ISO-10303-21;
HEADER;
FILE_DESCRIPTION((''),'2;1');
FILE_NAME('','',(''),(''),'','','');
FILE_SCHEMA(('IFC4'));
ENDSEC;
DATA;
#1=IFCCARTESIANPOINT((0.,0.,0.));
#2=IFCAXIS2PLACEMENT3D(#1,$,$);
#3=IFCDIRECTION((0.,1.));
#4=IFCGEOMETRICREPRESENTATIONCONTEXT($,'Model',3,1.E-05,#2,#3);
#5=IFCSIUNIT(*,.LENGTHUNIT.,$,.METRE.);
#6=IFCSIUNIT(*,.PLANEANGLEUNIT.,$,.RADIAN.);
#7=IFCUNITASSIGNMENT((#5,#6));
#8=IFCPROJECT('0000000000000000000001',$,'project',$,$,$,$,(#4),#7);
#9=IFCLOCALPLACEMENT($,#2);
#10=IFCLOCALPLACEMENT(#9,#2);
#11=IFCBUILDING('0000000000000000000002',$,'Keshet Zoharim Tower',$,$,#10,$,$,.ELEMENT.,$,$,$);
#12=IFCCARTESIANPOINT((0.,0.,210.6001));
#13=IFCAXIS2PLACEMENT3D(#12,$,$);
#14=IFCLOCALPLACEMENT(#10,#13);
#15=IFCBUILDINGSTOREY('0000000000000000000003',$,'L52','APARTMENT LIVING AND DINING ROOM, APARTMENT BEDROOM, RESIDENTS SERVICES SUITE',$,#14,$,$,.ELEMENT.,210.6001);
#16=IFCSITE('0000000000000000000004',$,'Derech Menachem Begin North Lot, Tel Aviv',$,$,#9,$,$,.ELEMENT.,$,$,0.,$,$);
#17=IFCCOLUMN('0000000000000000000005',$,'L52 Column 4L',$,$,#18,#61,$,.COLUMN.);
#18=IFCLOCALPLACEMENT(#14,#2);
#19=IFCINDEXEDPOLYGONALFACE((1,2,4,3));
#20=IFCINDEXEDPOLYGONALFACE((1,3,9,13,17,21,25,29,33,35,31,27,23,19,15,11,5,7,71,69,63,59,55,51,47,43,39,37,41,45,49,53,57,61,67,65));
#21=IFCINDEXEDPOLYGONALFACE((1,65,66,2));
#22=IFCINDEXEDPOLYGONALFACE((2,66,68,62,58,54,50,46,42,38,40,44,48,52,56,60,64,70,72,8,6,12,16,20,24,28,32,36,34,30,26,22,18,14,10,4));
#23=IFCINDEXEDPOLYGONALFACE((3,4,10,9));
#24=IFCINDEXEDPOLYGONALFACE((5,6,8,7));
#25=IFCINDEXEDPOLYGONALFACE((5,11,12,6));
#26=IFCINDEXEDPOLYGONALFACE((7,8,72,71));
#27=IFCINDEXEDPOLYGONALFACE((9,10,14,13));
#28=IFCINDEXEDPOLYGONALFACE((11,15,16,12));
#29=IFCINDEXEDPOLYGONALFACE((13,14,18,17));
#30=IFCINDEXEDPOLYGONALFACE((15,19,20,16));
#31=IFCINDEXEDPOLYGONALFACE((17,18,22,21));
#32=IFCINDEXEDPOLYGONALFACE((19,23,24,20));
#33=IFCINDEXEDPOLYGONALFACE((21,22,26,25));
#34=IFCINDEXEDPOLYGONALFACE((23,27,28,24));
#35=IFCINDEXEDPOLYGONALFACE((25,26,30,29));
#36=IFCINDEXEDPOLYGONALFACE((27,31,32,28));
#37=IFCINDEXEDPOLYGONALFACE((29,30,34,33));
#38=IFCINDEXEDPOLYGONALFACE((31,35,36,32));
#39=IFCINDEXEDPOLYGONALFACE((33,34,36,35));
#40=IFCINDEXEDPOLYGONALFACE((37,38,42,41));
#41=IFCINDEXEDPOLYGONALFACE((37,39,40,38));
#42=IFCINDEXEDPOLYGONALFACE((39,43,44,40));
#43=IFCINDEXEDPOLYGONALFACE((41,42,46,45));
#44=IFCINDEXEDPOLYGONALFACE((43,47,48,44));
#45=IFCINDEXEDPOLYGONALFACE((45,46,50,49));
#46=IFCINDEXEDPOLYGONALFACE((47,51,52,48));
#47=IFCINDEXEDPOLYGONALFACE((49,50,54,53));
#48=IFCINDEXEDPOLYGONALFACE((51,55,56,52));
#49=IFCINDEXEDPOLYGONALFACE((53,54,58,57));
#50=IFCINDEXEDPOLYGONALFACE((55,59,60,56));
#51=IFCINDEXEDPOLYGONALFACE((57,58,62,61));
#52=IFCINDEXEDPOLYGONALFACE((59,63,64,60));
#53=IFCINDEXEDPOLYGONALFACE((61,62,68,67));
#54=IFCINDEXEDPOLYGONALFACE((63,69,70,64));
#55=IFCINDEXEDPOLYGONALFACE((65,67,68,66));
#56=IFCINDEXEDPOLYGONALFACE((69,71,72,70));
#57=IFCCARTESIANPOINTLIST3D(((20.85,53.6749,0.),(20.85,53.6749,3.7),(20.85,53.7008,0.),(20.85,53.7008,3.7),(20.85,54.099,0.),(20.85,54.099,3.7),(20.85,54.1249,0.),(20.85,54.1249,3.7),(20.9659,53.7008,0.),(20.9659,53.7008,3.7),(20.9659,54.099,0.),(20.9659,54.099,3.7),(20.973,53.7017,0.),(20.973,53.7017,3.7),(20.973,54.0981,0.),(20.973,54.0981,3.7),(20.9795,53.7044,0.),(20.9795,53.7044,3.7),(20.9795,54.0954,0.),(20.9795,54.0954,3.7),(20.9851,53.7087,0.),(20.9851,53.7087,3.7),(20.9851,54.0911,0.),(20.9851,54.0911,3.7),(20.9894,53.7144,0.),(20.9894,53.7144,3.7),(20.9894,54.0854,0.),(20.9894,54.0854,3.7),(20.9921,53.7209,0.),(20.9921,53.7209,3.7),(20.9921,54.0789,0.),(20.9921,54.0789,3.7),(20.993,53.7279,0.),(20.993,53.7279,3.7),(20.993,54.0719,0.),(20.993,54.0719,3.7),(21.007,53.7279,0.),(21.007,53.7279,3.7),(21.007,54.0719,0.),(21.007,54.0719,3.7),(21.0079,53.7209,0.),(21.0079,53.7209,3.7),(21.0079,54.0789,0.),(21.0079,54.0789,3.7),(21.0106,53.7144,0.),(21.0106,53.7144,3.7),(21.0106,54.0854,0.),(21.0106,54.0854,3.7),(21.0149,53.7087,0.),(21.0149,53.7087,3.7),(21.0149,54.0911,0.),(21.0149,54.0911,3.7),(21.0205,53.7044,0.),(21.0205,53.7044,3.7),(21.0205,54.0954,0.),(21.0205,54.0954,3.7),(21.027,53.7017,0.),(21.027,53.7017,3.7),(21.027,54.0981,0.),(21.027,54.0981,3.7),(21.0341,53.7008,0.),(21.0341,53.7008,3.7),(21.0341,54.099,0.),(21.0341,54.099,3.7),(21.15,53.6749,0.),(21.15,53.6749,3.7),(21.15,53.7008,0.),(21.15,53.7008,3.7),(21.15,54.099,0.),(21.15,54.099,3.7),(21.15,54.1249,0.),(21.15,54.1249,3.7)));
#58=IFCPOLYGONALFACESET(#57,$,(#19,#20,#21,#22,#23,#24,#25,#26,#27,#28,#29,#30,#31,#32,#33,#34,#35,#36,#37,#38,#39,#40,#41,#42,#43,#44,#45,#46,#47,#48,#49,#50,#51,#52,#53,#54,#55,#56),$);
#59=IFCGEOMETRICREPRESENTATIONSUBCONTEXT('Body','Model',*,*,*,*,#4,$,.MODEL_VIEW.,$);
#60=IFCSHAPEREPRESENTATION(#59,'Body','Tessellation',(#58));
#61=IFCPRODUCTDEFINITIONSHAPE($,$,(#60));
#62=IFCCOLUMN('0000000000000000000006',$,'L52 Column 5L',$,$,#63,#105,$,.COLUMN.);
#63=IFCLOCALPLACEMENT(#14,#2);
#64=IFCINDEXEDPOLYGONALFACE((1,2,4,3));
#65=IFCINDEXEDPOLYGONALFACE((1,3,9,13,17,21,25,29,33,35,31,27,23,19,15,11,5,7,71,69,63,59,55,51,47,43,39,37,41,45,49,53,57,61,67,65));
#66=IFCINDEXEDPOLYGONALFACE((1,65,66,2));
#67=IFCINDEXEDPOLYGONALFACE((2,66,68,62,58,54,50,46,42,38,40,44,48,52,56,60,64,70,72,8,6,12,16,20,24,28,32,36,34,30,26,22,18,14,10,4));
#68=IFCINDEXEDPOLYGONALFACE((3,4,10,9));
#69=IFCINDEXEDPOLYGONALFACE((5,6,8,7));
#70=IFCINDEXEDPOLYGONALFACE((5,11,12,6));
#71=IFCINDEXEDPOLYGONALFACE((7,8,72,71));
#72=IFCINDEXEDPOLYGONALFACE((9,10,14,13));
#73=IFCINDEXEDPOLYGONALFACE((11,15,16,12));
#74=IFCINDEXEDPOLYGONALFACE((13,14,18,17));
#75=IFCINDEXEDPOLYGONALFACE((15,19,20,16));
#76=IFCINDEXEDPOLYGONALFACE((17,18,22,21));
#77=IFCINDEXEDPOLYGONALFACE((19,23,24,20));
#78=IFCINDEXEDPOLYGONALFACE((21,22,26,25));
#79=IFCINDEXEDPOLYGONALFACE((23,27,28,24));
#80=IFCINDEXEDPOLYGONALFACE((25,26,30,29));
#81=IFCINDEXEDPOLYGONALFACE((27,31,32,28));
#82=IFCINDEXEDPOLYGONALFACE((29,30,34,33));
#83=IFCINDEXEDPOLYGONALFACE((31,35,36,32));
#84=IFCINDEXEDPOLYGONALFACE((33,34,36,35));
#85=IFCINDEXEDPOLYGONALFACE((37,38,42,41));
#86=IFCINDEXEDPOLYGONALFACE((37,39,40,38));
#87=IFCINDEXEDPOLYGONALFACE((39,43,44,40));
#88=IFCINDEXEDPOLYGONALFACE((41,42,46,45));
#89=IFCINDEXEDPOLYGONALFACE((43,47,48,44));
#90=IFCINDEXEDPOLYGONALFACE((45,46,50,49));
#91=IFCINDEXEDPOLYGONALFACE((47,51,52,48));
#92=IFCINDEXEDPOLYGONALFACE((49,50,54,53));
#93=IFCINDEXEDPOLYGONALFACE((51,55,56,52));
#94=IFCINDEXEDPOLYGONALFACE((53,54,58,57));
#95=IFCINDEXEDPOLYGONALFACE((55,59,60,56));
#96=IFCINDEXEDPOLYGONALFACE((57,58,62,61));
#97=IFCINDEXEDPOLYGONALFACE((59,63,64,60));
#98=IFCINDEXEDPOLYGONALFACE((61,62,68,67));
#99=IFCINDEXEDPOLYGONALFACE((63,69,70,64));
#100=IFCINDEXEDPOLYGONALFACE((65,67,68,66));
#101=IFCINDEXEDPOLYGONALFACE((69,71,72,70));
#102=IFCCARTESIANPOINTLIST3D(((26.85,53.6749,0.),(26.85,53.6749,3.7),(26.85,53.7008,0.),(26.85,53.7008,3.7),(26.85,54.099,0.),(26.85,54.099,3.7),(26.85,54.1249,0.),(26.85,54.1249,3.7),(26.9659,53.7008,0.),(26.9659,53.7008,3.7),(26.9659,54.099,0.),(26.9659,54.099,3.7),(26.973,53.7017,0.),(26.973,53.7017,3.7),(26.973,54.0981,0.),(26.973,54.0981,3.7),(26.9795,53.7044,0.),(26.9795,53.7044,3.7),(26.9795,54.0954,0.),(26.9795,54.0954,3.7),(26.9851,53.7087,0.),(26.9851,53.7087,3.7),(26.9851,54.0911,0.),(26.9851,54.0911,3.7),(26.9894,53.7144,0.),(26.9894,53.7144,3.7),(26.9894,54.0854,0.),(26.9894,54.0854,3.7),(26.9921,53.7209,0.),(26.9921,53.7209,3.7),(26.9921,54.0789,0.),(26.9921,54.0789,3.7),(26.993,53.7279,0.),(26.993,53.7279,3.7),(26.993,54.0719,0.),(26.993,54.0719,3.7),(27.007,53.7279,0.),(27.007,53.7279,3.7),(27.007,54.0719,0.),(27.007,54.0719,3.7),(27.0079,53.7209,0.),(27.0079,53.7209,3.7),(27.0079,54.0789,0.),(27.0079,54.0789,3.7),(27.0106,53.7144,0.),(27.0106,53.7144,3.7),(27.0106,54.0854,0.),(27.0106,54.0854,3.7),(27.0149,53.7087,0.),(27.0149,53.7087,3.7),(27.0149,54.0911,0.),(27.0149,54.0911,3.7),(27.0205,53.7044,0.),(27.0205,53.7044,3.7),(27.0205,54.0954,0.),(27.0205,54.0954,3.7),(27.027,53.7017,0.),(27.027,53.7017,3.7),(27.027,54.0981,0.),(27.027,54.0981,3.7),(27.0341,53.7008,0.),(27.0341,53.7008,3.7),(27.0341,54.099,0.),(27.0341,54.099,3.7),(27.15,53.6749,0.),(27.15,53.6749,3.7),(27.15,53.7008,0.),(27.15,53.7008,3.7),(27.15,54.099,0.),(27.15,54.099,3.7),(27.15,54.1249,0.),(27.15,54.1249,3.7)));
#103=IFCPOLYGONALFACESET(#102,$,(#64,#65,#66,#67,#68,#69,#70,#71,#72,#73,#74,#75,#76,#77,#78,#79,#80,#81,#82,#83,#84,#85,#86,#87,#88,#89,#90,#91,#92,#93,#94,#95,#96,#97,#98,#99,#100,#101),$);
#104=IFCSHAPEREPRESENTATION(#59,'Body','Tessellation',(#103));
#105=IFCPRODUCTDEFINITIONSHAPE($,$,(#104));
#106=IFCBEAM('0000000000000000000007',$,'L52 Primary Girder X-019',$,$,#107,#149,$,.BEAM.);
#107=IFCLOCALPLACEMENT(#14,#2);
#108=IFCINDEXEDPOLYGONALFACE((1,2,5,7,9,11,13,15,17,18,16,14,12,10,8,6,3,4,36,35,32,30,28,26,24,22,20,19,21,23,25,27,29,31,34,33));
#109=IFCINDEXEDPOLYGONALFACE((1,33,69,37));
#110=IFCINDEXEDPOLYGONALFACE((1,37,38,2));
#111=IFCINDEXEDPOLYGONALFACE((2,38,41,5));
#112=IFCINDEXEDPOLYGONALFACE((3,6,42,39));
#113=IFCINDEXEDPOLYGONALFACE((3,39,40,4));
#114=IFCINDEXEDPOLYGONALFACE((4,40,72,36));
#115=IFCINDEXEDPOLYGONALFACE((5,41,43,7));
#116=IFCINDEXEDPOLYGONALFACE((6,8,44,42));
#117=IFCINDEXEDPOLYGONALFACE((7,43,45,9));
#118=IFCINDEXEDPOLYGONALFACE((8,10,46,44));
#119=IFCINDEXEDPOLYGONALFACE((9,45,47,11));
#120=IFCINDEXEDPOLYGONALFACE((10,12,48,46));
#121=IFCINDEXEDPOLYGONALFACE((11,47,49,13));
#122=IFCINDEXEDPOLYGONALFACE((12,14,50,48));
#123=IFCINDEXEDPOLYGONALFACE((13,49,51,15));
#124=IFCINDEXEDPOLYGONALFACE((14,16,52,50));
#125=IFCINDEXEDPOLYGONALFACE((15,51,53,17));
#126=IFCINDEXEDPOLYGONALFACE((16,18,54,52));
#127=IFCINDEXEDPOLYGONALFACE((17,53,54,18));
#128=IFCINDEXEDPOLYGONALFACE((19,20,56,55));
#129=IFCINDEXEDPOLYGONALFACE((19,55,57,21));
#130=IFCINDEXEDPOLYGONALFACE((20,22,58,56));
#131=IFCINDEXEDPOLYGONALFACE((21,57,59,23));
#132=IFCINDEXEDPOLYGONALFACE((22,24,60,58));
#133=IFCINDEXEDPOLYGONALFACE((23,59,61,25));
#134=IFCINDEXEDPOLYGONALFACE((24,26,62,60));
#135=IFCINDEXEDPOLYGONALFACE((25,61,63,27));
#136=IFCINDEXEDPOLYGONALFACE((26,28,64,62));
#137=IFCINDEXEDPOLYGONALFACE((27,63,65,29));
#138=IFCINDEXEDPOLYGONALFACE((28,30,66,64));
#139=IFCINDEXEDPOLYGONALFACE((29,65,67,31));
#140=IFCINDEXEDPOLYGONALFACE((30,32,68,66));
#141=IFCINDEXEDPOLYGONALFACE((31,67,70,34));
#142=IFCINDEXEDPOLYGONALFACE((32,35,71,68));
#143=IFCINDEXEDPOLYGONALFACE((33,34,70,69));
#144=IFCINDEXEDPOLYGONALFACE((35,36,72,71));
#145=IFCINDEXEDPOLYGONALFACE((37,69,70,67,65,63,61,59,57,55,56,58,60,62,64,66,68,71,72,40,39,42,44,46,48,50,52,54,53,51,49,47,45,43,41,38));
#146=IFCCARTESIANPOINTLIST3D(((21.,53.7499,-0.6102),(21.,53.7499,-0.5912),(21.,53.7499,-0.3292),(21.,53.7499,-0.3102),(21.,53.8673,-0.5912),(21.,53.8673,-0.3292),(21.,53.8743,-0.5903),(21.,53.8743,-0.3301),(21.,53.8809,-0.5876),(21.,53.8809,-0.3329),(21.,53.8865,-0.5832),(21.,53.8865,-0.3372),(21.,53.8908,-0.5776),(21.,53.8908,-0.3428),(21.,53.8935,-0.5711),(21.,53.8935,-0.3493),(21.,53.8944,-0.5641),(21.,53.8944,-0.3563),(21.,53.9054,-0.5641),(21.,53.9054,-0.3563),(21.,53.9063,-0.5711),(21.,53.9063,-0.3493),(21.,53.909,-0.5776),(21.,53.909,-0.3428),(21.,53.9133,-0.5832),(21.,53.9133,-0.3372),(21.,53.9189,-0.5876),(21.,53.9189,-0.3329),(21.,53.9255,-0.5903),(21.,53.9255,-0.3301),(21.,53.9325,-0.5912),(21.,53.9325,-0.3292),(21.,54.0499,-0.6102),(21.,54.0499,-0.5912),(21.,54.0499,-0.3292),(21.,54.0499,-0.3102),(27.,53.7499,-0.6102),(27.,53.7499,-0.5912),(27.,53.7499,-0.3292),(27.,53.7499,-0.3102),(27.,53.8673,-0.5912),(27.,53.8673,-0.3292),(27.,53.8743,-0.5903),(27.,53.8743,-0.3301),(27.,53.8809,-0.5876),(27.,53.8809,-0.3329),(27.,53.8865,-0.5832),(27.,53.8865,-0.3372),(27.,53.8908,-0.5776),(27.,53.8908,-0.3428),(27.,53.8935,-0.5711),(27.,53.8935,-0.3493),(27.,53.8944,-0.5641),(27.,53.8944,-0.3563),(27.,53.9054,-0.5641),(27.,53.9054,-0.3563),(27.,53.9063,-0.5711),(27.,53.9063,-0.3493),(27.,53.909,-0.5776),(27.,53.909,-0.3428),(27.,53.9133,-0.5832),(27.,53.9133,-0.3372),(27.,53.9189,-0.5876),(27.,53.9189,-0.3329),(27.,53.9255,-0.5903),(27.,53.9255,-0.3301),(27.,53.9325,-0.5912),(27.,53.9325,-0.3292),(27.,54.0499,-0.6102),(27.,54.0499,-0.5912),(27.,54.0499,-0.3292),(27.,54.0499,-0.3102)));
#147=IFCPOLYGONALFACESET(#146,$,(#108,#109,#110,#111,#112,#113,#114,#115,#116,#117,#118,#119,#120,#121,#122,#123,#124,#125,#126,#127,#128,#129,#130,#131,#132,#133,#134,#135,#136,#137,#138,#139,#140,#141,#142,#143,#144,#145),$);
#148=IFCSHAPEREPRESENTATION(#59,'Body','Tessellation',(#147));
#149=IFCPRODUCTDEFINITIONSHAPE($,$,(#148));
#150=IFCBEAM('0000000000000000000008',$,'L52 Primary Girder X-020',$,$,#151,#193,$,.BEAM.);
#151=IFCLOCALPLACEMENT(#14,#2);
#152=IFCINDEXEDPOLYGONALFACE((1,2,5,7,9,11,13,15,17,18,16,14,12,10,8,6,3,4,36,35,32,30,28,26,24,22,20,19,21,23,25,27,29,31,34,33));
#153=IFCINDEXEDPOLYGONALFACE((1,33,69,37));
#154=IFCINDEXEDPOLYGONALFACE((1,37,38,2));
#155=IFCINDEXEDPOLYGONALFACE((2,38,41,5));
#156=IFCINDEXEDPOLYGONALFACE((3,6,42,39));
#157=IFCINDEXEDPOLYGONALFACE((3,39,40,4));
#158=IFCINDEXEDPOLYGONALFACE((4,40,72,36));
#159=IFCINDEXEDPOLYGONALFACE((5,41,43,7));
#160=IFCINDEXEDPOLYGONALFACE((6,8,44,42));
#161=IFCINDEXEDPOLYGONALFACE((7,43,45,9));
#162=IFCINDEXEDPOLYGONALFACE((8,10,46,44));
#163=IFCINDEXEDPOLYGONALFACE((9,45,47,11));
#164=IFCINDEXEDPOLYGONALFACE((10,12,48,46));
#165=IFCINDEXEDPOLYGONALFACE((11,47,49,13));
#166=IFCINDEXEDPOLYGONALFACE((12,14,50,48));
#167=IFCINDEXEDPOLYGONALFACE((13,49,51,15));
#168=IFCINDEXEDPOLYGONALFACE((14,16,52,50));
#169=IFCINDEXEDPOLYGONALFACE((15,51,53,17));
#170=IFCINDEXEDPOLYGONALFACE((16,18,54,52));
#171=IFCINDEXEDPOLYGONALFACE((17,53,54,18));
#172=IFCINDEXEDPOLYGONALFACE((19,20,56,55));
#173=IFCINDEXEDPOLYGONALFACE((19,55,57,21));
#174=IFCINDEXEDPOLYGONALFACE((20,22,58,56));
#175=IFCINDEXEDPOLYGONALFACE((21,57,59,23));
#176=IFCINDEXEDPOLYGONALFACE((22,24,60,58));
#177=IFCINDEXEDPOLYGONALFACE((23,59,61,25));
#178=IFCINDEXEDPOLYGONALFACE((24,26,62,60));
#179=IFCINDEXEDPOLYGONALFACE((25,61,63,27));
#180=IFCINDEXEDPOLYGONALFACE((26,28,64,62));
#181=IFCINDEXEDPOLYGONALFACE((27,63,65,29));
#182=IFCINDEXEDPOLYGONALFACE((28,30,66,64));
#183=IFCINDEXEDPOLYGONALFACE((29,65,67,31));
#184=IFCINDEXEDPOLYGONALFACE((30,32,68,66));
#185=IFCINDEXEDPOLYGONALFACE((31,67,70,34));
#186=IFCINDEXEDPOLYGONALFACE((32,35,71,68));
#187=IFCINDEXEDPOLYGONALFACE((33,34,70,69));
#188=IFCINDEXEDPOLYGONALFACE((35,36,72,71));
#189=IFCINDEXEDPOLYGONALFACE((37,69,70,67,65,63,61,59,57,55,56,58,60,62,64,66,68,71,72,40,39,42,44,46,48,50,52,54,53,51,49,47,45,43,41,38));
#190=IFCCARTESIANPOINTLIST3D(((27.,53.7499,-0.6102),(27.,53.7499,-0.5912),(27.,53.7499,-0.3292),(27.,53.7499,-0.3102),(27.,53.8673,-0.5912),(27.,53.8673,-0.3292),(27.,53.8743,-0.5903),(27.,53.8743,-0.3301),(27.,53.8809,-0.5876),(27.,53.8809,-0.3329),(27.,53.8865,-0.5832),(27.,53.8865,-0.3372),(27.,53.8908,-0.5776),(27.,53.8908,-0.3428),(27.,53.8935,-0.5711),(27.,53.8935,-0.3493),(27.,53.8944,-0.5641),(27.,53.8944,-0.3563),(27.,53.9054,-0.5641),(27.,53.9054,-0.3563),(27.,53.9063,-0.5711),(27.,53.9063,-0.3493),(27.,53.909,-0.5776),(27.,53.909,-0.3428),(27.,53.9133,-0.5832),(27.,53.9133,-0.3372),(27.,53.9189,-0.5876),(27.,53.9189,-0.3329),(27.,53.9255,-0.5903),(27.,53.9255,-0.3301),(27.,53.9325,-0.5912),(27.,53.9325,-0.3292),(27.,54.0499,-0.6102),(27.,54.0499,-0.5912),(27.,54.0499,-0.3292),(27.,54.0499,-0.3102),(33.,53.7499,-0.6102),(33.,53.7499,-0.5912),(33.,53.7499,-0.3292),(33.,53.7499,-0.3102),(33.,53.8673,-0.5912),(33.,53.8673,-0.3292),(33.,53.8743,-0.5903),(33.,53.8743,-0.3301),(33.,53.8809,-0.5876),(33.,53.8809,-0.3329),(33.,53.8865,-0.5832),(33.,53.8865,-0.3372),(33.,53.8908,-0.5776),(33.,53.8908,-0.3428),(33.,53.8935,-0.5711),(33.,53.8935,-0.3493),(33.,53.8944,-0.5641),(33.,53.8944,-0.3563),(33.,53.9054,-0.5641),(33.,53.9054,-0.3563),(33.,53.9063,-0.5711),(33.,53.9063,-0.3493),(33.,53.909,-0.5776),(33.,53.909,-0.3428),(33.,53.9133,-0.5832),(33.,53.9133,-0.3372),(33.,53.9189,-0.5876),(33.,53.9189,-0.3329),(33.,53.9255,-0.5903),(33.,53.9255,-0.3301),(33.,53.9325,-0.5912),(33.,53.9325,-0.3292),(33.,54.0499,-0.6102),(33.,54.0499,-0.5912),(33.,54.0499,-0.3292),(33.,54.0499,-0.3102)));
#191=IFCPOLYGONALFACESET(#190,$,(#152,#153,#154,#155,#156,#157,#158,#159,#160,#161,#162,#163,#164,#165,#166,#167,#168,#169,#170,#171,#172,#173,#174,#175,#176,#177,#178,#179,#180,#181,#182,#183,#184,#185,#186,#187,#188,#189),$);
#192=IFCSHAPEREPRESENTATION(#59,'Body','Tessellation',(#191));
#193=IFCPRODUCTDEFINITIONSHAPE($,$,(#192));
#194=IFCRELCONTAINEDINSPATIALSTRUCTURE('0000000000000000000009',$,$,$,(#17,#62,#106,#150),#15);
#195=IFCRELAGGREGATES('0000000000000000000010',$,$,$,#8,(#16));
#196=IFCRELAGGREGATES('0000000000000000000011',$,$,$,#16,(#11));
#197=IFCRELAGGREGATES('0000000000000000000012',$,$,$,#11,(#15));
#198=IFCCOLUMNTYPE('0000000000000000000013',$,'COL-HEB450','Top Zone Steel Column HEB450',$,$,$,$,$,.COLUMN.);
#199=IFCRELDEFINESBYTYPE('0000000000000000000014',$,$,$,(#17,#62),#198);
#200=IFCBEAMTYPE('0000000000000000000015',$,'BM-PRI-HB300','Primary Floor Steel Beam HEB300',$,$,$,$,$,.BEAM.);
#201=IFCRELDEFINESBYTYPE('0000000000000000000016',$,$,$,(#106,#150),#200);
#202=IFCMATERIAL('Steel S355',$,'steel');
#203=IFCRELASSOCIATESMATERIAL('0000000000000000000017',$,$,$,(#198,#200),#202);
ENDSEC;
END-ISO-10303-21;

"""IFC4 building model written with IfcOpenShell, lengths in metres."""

from ifc_helpers import new_model, si_unit, direction, frame, origin, origin_2d, place, context, subcontext, project, spatial, i_section, extrude, material, material_profile, profile_set, type_object, element, save


model = new_model("IFC4")

# Units and contexts
model_context = context("Model", 3, precision=1e-05, world=origin(), true_north=direction((0.0, 1.0)))
body_context = subcontext(model_context, "Body", "Model", "MODEL_VIEW")
ifc_project = project(units=[si_unit("LENGTHUNIT", "METRE"), si_unit("PLANEANGLEUNIT", "RADIAN")], contexts=[model_context])

# Site, building, storey
site_placement = place(None, origin())
site = spatial("IfcSite", under=ifc_project, at=site_placement, Name="Derech Menachem Begin North Lot, Tel Aviv", CompositionType="ELEMENT", RefElevation=0.0)
building_placement = place(site_placement, origin())
building = spatial("IfcBuilding", under=site, at=building_placement, Name="Keshet Zoharim Tower", CompositionType="ELEMENT")
storey_placement = place(building_placement, frame((0.0, 0.0, 210.6001)))
storey = spatial("IfcBuildingStorey", under=building, at=storey_placement, Name="L52", Description="APARTMENT LIVING AND DINING ROOM, APARTMENT BEDROOM, RESIDENTS SERVICES SUITE", CompositionType="ELEMENT", Elevation=210.6001)

# Columns
ifc_material_1 = material(Name="Steel S355", Category="steel")
ifc_material_profile_1 = material_profile(ifc_material_1, i_section(OverallWidth=0.3, OverallDepth=0.45, WebThickness=0.0139, FlangeThickness=0.0259, FilletRadius=0.0271, at=origin_2d()), Name="HEB450")
ifc_profile_set_1 = profile_set([ifc_material_profile_1], Name="Steel S355")
column_type = type_object("IfcColumnType", Name="COL-HEB450", Description="Top Zone Steel Column HEB450", PredefinedType="COLUMN", material=ifc_profile_set_1)
for number, where, z_axis, x_axis, name in (
    (1, (21.0, 53.8999, 0.0), (0.0, 0.0, 1.0), (1.0, 0.0, 0.0), "L52 Column 4L"),
    (2, (27.0, 53.8999, 0.0), (0.0, 0.0, 1.0), (1.0, 0.0, 0.0), "L52 Column 5L"),
):
    element("IfcColumn", number, at=place(storey_placement, frame(where, z_axis=z_axis, x_axis=x_axis)), inside=storey, type_object=column_type, Name=name, PredefinedType="COLUMN", context=body_context, shape_type="SweptSolid", body=[
        extrude(i_section(OverallWidth=0.3, OverallDepth=0.45, WebThickness=0.0139, FlangeThickness=0.0259, FilletRadius=0.0271, at=origin_2d()), origin(), (0.0, 0.0, 1.0), 3.7),
    ])

# Beams
ifc_material_profile_2 = material_profile(ifc_material_1, i_section(OverallWidth=0.3, OverallDepth=0.3, WebThickness=0.011, FlangeThickness=0.019, FilletRadius=0.0271, at=origin_2d()), Name="HEB300")
ifc_profile_set_2 = profile_set([ifc_material_profile_2], Name="Steel S355")
beam_type = type_object("IfcBeamType", Name="BM-PRI-HB300", Description="Primary Floor Steel Beam HEB300", PredefinedType="BEAM", material=ifc_profile_set_2)
for number, where, z_axis, x_axis, name in (
    (3, (21.0, 53.8999, -0.4602), (1.0, 0.0, 0.0), (0.0, 1.0, 0.0), "L52 Primary Girder X-019"),
    (4, (27.0, 53.8999, -0.4602), (1.0, 0.0, 0.0), (0.0, 1.0, 0.0), "L52 Primary Girder X-020"),
):
    element("IfcBeam", number, at=place(storey_placement, frame(where, z_axis=z_axis, x_axis=x_axis)), inside=storey, type_object=beam_type, Name=name, PredefinedType="BEAM", context=body_context, shape_type="SweptSolid", body=[
        extrude(i_section(OverallWidth=0.3, OverallDepth=0.3, WebThickness=0.011, FlangeThickness=0.019, FilletRadius=0.0271, at=origin_2d()), origin(), (0.0, 0.0, 1.0), 6.0),
    ])

save(model, "model.ifc")
